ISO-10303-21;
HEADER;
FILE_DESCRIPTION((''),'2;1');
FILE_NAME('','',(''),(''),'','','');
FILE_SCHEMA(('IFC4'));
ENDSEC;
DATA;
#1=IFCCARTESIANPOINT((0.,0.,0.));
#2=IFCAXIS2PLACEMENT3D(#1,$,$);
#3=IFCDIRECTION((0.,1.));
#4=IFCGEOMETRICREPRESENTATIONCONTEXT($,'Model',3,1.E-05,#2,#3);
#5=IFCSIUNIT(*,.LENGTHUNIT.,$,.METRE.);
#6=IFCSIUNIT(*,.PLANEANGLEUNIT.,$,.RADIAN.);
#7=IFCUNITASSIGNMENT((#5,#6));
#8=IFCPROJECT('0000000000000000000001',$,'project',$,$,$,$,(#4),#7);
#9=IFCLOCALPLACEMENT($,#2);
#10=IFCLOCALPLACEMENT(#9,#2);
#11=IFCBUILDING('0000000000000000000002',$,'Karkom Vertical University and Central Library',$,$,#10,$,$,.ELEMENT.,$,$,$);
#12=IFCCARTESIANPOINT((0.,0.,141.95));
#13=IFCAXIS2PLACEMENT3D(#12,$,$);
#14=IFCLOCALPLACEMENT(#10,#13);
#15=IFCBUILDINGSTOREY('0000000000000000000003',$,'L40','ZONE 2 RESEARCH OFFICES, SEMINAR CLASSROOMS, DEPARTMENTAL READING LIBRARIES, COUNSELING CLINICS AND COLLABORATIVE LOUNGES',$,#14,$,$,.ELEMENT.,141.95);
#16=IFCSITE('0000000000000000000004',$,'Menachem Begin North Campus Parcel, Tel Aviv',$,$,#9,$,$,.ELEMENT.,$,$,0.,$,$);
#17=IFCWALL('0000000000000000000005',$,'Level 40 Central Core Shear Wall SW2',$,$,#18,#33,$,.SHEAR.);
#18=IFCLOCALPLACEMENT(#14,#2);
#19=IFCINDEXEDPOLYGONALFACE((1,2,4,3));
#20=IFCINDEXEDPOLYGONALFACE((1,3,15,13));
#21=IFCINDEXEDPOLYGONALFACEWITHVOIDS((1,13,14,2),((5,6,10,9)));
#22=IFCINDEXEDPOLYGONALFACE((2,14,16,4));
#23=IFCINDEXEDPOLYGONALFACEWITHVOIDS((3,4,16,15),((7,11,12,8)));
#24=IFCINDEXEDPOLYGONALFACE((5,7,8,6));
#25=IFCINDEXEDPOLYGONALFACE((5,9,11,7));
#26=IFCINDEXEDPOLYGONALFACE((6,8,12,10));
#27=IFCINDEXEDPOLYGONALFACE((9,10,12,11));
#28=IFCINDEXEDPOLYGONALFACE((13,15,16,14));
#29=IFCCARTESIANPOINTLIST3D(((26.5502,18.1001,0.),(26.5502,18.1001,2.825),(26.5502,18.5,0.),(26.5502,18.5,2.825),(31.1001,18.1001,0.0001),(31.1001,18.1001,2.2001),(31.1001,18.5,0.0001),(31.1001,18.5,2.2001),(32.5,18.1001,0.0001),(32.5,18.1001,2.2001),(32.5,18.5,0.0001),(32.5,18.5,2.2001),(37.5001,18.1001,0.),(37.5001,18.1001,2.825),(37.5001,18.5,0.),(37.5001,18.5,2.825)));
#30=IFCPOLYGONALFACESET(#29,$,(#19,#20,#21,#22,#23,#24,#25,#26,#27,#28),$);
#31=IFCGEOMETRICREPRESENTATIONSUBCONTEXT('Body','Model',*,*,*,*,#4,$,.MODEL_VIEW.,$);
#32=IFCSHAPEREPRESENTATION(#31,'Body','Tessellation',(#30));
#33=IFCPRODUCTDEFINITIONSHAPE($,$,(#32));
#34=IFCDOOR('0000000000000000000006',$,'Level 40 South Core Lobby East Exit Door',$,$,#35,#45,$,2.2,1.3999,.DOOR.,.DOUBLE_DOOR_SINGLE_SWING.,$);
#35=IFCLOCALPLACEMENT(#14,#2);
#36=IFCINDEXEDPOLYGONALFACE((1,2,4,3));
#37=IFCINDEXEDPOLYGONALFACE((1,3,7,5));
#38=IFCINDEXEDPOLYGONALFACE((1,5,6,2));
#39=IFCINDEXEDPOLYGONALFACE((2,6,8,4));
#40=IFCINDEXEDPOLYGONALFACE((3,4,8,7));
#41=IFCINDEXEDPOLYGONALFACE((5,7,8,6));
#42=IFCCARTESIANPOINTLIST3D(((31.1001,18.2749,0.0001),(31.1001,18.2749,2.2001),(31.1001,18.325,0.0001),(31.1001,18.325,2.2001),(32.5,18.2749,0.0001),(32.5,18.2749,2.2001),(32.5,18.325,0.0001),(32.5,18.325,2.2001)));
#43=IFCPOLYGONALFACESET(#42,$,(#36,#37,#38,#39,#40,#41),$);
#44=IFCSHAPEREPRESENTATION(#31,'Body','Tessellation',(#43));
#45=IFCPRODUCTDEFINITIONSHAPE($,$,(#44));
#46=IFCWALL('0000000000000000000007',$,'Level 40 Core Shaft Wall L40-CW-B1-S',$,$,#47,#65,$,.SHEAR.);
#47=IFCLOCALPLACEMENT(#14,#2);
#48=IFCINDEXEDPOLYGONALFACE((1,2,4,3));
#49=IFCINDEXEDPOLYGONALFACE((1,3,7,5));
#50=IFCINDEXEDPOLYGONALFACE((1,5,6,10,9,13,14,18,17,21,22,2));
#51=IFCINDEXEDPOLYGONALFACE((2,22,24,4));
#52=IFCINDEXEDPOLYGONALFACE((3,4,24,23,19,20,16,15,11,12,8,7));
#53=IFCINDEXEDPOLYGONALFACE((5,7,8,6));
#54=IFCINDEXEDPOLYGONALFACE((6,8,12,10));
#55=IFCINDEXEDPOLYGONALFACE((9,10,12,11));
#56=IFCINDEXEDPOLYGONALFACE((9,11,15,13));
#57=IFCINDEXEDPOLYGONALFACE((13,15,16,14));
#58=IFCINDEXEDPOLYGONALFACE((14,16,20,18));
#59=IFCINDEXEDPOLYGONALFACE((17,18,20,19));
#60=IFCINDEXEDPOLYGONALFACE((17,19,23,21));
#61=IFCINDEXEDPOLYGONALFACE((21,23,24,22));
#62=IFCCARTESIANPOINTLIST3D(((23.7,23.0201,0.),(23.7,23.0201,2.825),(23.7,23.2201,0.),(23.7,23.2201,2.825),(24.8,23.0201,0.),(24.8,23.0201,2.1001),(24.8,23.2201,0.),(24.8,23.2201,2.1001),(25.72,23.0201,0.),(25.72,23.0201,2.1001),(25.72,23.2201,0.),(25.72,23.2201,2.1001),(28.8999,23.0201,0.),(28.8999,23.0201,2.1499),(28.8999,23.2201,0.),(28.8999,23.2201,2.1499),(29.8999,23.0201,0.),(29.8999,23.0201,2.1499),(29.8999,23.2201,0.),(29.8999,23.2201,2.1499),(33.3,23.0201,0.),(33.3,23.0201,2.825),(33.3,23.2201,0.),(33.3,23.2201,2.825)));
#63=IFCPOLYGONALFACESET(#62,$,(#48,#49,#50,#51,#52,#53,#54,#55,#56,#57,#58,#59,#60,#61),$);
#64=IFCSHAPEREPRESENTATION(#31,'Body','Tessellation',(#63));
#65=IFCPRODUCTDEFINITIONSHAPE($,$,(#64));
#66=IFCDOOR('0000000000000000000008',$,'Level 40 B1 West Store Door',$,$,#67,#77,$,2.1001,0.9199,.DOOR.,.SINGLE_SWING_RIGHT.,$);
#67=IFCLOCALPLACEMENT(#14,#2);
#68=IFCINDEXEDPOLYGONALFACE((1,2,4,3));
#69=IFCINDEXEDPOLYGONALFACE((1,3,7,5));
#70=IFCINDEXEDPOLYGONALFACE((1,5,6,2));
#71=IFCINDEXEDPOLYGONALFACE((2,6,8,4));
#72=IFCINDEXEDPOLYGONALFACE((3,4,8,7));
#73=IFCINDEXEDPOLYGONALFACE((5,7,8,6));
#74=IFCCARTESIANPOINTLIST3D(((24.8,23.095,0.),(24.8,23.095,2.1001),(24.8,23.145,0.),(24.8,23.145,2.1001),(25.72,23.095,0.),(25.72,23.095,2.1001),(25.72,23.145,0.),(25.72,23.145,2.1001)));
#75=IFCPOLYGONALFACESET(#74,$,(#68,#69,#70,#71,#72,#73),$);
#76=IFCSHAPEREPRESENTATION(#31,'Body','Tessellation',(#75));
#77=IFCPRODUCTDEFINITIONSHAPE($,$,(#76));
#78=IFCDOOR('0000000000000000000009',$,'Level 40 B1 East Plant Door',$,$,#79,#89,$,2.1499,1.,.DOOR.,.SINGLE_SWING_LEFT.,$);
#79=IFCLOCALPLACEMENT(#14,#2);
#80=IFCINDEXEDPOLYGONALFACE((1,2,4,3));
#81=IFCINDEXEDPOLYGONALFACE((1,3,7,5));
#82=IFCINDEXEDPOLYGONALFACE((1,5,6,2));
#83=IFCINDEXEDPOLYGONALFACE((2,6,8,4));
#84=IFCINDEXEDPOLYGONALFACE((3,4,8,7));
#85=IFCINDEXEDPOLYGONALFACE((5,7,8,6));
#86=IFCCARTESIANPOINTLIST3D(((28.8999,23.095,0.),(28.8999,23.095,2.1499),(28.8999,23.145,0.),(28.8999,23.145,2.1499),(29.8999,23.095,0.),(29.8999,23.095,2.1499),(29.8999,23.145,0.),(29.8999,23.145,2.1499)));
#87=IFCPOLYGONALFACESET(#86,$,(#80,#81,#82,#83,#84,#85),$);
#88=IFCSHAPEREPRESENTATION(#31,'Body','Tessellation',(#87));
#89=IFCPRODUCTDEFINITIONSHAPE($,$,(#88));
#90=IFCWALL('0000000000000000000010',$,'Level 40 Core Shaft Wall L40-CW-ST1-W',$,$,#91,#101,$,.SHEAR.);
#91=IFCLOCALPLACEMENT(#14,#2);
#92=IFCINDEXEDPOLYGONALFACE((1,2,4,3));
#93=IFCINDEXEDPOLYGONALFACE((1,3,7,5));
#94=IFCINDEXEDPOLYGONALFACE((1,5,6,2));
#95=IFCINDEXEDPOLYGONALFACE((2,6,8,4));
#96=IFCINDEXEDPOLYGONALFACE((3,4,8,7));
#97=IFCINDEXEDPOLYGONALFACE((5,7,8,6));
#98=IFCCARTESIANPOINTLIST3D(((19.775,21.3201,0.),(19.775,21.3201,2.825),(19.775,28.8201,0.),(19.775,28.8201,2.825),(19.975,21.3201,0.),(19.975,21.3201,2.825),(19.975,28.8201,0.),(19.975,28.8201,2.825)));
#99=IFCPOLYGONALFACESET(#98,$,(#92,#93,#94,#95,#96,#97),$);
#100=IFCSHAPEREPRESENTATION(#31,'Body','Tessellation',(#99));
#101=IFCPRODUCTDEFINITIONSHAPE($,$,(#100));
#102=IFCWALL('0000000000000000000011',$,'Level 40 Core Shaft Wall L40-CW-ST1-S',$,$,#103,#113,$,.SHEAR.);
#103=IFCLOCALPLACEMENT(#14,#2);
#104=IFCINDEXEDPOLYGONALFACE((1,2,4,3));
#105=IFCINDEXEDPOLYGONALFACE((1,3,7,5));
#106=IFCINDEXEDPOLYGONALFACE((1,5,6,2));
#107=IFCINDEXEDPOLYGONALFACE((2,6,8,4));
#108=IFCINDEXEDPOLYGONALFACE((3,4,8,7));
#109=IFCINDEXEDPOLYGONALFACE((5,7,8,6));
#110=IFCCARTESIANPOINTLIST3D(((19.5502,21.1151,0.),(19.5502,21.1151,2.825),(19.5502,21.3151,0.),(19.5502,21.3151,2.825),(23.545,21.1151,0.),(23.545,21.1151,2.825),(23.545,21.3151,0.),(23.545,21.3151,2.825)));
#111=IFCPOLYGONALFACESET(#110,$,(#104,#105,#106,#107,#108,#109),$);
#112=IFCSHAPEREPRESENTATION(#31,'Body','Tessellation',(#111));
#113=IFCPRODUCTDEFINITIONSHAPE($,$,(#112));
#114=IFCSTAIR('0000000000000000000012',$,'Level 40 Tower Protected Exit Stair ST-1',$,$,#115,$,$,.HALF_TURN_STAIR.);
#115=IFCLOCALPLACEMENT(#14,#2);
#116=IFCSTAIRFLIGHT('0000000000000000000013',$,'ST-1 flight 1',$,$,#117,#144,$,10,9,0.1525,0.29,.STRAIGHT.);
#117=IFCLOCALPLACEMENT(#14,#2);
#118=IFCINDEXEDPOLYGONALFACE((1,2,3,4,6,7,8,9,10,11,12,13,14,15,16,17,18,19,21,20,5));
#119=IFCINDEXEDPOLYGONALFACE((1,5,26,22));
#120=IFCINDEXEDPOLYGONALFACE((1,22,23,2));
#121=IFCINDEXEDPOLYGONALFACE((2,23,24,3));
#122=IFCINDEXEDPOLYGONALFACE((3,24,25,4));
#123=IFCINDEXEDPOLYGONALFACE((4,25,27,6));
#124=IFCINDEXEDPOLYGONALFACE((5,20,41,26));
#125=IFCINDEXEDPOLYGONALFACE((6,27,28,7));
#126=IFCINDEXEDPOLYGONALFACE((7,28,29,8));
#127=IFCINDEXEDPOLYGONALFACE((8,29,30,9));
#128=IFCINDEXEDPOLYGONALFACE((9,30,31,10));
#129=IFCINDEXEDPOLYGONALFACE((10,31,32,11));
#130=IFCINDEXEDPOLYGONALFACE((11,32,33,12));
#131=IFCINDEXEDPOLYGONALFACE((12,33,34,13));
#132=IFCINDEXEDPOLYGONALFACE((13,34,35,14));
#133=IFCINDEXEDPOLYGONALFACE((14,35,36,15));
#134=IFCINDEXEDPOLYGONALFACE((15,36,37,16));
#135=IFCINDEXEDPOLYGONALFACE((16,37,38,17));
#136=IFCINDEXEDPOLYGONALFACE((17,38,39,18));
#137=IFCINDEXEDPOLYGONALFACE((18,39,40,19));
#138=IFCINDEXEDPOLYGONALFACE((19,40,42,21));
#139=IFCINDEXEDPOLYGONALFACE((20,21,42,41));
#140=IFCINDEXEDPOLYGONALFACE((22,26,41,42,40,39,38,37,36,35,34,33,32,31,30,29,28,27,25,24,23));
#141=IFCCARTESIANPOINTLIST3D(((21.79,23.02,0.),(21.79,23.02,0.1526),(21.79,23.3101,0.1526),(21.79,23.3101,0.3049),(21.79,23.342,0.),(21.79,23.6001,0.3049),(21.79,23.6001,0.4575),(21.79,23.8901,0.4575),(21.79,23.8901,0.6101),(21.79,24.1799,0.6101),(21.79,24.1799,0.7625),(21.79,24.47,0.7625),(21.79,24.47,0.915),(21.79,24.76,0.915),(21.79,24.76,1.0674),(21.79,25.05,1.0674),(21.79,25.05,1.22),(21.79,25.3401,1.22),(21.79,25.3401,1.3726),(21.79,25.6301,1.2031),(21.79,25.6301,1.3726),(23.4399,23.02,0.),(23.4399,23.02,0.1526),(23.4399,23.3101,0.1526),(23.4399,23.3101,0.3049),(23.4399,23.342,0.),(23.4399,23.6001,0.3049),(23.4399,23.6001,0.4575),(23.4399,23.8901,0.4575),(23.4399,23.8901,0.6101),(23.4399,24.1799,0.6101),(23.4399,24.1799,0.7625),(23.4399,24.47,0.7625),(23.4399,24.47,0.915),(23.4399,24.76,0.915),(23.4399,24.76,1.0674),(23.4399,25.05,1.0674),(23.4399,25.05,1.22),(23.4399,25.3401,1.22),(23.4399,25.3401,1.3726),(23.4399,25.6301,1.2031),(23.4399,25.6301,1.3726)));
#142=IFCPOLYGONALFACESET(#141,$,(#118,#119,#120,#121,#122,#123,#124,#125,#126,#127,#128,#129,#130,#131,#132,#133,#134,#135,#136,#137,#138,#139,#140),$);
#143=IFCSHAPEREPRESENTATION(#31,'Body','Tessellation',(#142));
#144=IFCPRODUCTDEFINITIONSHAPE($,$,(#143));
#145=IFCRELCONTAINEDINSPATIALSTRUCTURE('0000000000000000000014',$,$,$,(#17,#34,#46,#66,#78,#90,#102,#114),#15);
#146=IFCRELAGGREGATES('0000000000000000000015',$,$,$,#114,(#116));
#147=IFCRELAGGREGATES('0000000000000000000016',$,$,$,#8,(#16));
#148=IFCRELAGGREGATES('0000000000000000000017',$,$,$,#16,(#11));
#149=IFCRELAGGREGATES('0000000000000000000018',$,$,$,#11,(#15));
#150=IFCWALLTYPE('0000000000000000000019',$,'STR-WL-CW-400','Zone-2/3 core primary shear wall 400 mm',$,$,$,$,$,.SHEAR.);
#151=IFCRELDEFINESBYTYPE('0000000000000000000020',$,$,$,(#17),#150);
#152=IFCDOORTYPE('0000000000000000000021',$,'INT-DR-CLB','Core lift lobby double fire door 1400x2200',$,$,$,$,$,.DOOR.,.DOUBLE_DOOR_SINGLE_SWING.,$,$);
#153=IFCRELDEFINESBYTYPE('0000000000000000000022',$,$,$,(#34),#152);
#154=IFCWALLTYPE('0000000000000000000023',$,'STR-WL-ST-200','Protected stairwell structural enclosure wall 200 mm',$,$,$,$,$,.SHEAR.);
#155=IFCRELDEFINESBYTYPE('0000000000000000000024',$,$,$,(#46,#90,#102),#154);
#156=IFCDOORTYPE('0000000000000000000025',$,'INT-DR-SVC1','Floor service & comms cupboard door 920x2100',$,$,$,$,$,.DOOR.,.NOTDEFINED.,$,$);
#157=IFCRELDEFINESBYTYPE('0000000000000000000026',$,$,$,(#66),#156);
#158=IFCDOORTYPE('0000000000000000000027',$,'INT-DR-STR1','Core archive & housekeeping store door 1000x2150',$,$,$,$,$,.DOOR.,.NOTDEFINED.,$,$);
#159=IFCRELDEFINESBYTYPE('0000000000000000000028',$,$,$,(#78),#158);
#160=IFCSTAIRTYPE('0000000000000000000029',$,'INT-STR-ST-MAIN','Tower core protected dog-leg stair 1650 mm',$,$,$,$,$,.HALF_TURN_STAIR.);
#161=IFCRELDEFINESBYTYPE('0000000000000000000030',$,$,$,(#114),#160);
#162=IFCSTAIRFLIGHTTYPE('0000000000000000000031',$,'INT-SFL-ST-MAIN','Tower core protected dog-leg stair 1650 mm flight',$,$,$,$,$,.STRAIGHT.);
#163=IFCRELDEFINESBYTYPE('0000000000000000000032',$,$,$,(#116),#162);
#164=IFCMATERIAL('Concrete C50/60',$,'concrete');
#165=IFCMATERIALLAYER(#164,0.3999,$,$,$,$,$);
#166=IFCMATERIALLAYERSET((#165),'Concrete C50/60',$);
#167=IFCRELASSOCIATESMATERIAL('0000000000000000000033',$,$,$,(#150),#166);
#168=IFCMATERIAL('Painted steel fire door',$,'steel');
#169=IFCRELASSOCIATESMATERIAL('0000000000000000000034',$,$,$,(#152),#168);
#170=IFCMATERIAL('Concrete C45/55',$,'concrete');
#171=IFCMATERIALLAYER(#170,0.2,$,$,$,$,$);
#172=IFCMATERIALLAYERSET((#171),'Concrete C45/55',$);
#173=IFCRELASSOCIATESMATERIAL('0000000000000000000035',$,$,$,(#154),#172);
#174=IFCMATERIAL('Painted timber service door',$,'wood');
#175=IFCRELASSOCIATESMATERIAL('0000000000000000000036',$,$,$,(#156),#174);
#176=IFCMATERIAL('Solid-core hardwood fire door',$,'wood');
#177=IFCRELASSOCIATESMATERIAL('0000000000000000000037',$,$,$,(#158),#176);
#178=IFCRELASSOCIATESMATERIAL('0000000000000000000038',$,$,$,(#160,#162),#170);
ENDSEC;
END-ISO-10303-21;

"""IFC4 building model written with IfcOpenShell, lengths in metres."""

from ifc_helpers import new_model, si_unit, direction, frame, frame_2d, origin, origin_with_axes, place, context, subcontext, project, spatial, polyline, rectangle, outline, extrude, source, transform, mapped, material, layer, layer_set, type_object, element, fill, aggregate, save


model = new_model("IFC4")

# Units and contexts
model_context = context("Model", 3, precision=1e-05, world=origin(), true_north=direction((0.0, 1.0)))
body_context = subcontext(model_context, "Body", "Model", "MODEL_VIEW")
ifc_project = project(units=[si_unit("LENGTHUNIT", "METRE"), si_unit("PLANEANGLEUNIT", "RADIAN")], contexts=[model_context])

# Site, building, storey
site_placement = place(None, origin())
site = spatial("IfcSite", under=ifc_project, at=site_placement, Name="Menachem Begin North Campus Parcel, Tel Aviv", CompositionType="ELEMENT", RefElevation=0.0)
building_placement = place(site_placement, origin())
building = spatial("IfcBuilding", under=site, at=building_placement, Name="Karkom Vertical University and Central Library", CompositionType="ELEMENT")
storey_placement = place(building_placement, frame((0.0, 0.0, 141.95)))
storey = spatial("IfcBuildingStorey", under=building, at=storey_placement, Name="L40", Description="ZONE 2 RESEARCH OFFICES, SEMINAR CLASSROOMS, DEPARTMENTAL READING LIBRARIES, COUNSELING CLINICS AND COLLABORATIVE LOUNGES", CompositionType="ELEMENT", Elevation=141.95)

# Shared definitions
ifc_material_1 = material(Name="Concrete C50/60", Category="concrete")

# Wall, opening, door
ifc_layer_1 = layer(ifc_material_1, 0.3999)
ifc_layer_set_1 = layer_set([ifc_layer_1], Name="Concrete C50/60")
wall_type_1 = type_object("IfcWallType", Name="STR-WL-CW-400", Description="Zone-2/3 core primary shear wall 400 mm", PredefinedType="SHEAR", material=ifc_layer_set_1)
wall_1_placement = place(storey_placement, frame((26.55, 18.3, 0.0), z_axis=(0.0, 0.0, 1.0), x_axis=(1.0, 0.0, 0.0)))
wall_1 = element("IfcWall", 1, at=wall_1_placement, inside=storey, type_object=wall_type_1, Name="Level 40 Central Core Shear Wall SW2", PredefinedType="SHEAR", context=body_context, shape_type="SweptSolid", body=[
    extrude(rectangle(XDim=10.95, YDim=0.3999, at=frame_2d((5.4751, 0.0))), origin(), (0.0, 0.0, 1.0), 2.825),
])
opening_1_placement = place(wall_1_placement, frame((4.55, 0.0, 0.0)))
opening_1 = element("IfcOpeningElement", 2, at=opening_1_placement, cuts=wall_1, PredefinedType="OPENING", context=body_context, shape_type="SweptSolid", body=[
    extrude(rectangle(XDim=1.3999, YDim=2.2, at=frame_2d((0.7, 1.1001))), frame((0.0, 0.21, 0.0), z_axis=(0.0, -1.0, 0.0), x_axis=(1.0, 0.0, 0.0)), (0.0, 0.0, 1.0), 0.4199),
])
ifc_material_2 = material(Name="Painted steel fire door", Category="steel")
door_type_1 = type_object("IfcDoorType", Name="INT-DR-CLB", Description="Core lift lobby double fire door 1400x2200", OperationType="DOUBLE_DOOR_SINGLE_SWING", PredefinedType="DOOR", material=ifc_material_2)
shared_shape_1 = source(origin_with_axes(), body_context, "Body", "SweptSolid", [
    extrude(rectangle(XDim=1.3999, YDim=2.2, at=frame_2d((0.7, 1.1001))), frame((0.0, 0.0249, 0.0), z_axis=(0.0, -1.0, 0.0), x_axis=(1.0, 0.0, 0.0)), (0.0, 0.0, 1.0), 0.05),
])
door_1_placement = place(opening_1_placement, origin())
door_1 = element("IfcDoor", 3, at=door_1_placement, inside=storey, type_object=door_type_1, Name="Level 40 South Core Lobby East Exit Door", OperationType="DOUBLE_DOOR_SINGLE_SWING", OverallHeight=2.2, OverallWidth=1.3999, PredefinedType="DOOR", context=body_context, shape_type="MappedRepresentation", body=[
    mapped(shared_shape_1, transform((0.0, 0.0, 0.0), scale=1.0)),
])
fill(opening_1, door_1)

# Wall, openings, doors
ifc_material_3 = material(Name="Concrete C45/55", Category="concrete")
ifc_layer_2 = layer(ifc_material_3, 0.2)
ifc_layer_set_2 = layer_set([ifc_layer_2], Name="Concrete C45/55")
wall_type_2 = type_object("IfcWallType", Name="STR-WL-ST-200", Description="Protected stairwell structural enclosure wall 200 mm", PredefinedType="SHEAR", material=ifc_layer_set_2)
wall_2_placement = place(storey_placement, frame((23.7, 23.1201, 0.0), z_axis=(0.0, 0.0, 1.0), x_axis=(1.0, 0.0, 0.0)))
wall_2 = element("IfcWall", 4, at=wall_2_placement, inside=storey, type_object=wall_type_2, Name="Level 40 Core Shaft Wall L40-CW-B1-S", PredefinedType="SHEAR", context=body_context, shape_type="SweptSolid", body=[
    extrude(rectangle(XDim=9.6001, YDim=0.2, at=frame_2d((4.8, 0.0))), origin(), (0.0, 0.0, 1.0), 2.825),
])
opening_2_placement = place(wall_2_placement, frame((1.1001, 0.0, 0.0)))
opening_2 = element("IfcOpeningElement", 5, at=opening_2_placement, cuts=wall_2, PredefinedType="OPENING", context=body_context, shape_type="SweptSolid", body=[
    extrude(rectangle(XDim=0.9199, YDim=2.1001, at=frame_2d((0.46, 1.05))), frame((0.0, 0.1099, 0.0), z_axis=(0.0, -1.0, 0.0), x_axis=(1.0, 0.0, 0.0)), (0.0, 0.0, 1.0), 0.22),
])
opening_3_placement = place(wall_2_placement, frame((5.2, 0.0, 0.0)))
opening_3 = element("IfcOpeningElement", 6, at=opening_3_placement, cuts=wall_2, PredefinedType="OPENING", context=body_context, shape_type="SweptSolid", body=[
    extrude(rectangle(XDim=1.0, YDim=2.1499, at=frame_2d((0.5, 1.075))), frame((0.0, 0.1099, 0.0), z_axis=(0.0, -1.0, 0.0), x_axis=(1.0, 0.0, 0.0)), (0.0, 0.0, 1.0), 0.22),
])
ifc_material_4 = material(Name="Painted timber service door", Category="wood")
door_type_2 = type_object("IfcDoorType", Name="INT-DR-SVC1", Description="Floor service & comms cupboard door 920x2100", OperationType="NOTDEFINED", PredefinedType="DOOR", material=ifc_material_4)
shared_shape_2 = source(origin_with_axes(), body_context, "Body", "SweptSolid", [
    extrude(rectangle(XDim=0.9199, YDim=2.1001, at=frame_2d((0.46, 1.05))), frame((0.0, 0.0249, 0.0), z_axis=(0.0, -1.0, 0.0), x_axis=(1.0, 0.0, 0.0)), (0.0, 0.0, 1.0), 0.05),
])
door_2_placement = place(opening_2_placement, origin())
door_2 = element("IfcDoor", 7, at=door_2_placement, inside=storey, type_object=door_type_2, Name="Level 40 B1 West Store Door", OperationType="SINGLE_SWING_RIGHT", OverallHeight=2.1001, OverallWidth=0.9199, PredefinedType="DOOR", context=body_context, shape_type="MappedRepresentation", body=[
    mapped(shared_shape_2, transform((0.0, 0.0, 0.0), scale=1.0)),
])
fill(opening_2, door_2)
ifc_material_5 = material(Name="Solid-core hardwood fire door", Category="wood")
door_type_3 = type_object("IfcDoorType", Name="INT-DR-STR1", Description="Core archive & housekeeping store door 1000x2150", OperationType="NOTDEFINED", PredefinedType="DOOR", material=ifc_material_5)
shared_shape_3 = source(origin_with_axes(), body_context, "Body", "SweptSolid", [
    extrude(rectangle(XDim=1.0, YDim=2.1499, at=frame_2d((0.5, 1.075))), frame((0.0, 0.0249, 0.0), z_axis=(0.0, -1.0, 0.0), x_axis=(1.0, 0.0, 0.0)), (0.0, 0.0, 1.0), 0.05),
])
door_3_placement = place(opening_3_placement, origin())
door_3 = element("IfcDoor", 8, at=door_3_placement, inside=storey, type_object=door_type_3, Name="Level 40 B1 East Plant Door", OperationType="SINGLE_SWING_LEFT", OverallHeight=2.1499, OverallWidth=1.0, PredefinedType="DOOR", context=body_context, shape_type="MappedRepresentation", body=[
    mapped(shared_shape_3, transform((0.0, 0.0, 0.0), scale=1.0)),
])
fill(opening_3, door_3)

# Walls
wall_3_placement = place(storey_placement, frame((19.875, 21.3201, 0.0), z_axis=(0.0, 0.0, 1.0), x_axis=(0.0, 1.0, 0.0)))
element("IfcWall", 9, at=wall_3_placement, inside=storey, type_object=wall_type_2, Name="Level 40 Core Shaft Wall L40-CW-ST1-W", PredefinedType="SHEAR", context=body_context, shape_type="SweptSolid", body=[
    extrude(rectangle(XDim=7.5, YDim=0.2, at=frame_2d((3.75, 0.0))), origin(), (0.0, 0.0, 1.0), 2.825),
])
wall_4_placement = place(storey_placement, frame((19.55, 21.2151, 0.0), z_axis=(0.0, 0.0, 1.0), x_axis=(1.0, 0.0, 0.0)))
element("IfcWall", 10, at=wall_4_placement, inside=storey, type_object=wall_type_2, Name="Level 40 Core Shaft Wall L40-CW-ST1-S", PredefinedType="SHEAR", context=body_context, shape_type="SweptSolid", body=[
    extrude(rectangle(XDim=3.9949, YDim=0.2, at=frame_2d((1.9976, 0.0))), origin(), (0.0, 0.0, 1.0), 2.825),
])

# Stair, stair flight
stair_type = type_object("IfcStairType", Name="INT-STR-ST-MAIN", Description="Tower core protected dog-leg stair 1650 mm", PredefinedType="HALF_TURN_STAIR", material=ifc_material_3)
stair_placement = place(storey_placement, origin())
stair = element("IfcStair", 11, at=stair_placement, inside=storey, type_object=stair_type, Name="Level 40 Tower Protected Exit Stair ST-1", PredefinedType="HALF_TURN_STAIR")
stair_flight_type = type_object("IfcStairFlightType", Name="INT-SFL-ST-MAIN", Description="Tower core protected dog-leg stair 1650 mm flight", PredefinedType="STRAIGHT", material=ifc_material_3)
stair_flight_1_placement = place(storey_placement, frame((22.615, 23.02, 0.0), z_axis=(0.0, 0.0, 1.0), x_axis=(0.0, 1.0, 0.0)))
stair_flight_1 = element("IfcStairFlight", 12, at=stair_flight_1_placement, type_object=stair_flight_type, Name="ST-1 flight 1", NumberOfRisers=10, NumberOfTreads=9, PredefinedType="STRAIGHT", RiserHeight=0.1525, TreadLength=0.29, context=body_context, shape_type="SweptSolid", body=[
    extrude(outline(polyline([(0.0, 0.0), (0.0, 0.1526), (0.29, 0.1526), (0.29, 0.3049), (0.5801, 0.3049), (0.5801, 0.4575), (0.8701, 0.4575), (0.8701, 0.6101), (1.1599, 0.6101), (1.1599, 0.7625), (1.45, 0.7625), (1.45, 0.915), (1.74, 0.915), (1.74, 1.0674), (2.03, 1.0674), (2.03, 1.22), (2.3201, 1.22), (2.3201, 1.3726), (2.6101, 1.3726), (2.6101, 1.5249), (2.6101, 1.2031), (0.322, 0.0), (0.0, 0.0)])), frame((0.0, 0.825, 0.0), z_axis=(0.0, -1.0, 0.0), x_axis=(1.0, 0.0, 0.0)), (0.0, 0.0, 1.0), 1.6499),
])
aggregate(stair, [stair_flight_1])

save(model, "model.ifc")
